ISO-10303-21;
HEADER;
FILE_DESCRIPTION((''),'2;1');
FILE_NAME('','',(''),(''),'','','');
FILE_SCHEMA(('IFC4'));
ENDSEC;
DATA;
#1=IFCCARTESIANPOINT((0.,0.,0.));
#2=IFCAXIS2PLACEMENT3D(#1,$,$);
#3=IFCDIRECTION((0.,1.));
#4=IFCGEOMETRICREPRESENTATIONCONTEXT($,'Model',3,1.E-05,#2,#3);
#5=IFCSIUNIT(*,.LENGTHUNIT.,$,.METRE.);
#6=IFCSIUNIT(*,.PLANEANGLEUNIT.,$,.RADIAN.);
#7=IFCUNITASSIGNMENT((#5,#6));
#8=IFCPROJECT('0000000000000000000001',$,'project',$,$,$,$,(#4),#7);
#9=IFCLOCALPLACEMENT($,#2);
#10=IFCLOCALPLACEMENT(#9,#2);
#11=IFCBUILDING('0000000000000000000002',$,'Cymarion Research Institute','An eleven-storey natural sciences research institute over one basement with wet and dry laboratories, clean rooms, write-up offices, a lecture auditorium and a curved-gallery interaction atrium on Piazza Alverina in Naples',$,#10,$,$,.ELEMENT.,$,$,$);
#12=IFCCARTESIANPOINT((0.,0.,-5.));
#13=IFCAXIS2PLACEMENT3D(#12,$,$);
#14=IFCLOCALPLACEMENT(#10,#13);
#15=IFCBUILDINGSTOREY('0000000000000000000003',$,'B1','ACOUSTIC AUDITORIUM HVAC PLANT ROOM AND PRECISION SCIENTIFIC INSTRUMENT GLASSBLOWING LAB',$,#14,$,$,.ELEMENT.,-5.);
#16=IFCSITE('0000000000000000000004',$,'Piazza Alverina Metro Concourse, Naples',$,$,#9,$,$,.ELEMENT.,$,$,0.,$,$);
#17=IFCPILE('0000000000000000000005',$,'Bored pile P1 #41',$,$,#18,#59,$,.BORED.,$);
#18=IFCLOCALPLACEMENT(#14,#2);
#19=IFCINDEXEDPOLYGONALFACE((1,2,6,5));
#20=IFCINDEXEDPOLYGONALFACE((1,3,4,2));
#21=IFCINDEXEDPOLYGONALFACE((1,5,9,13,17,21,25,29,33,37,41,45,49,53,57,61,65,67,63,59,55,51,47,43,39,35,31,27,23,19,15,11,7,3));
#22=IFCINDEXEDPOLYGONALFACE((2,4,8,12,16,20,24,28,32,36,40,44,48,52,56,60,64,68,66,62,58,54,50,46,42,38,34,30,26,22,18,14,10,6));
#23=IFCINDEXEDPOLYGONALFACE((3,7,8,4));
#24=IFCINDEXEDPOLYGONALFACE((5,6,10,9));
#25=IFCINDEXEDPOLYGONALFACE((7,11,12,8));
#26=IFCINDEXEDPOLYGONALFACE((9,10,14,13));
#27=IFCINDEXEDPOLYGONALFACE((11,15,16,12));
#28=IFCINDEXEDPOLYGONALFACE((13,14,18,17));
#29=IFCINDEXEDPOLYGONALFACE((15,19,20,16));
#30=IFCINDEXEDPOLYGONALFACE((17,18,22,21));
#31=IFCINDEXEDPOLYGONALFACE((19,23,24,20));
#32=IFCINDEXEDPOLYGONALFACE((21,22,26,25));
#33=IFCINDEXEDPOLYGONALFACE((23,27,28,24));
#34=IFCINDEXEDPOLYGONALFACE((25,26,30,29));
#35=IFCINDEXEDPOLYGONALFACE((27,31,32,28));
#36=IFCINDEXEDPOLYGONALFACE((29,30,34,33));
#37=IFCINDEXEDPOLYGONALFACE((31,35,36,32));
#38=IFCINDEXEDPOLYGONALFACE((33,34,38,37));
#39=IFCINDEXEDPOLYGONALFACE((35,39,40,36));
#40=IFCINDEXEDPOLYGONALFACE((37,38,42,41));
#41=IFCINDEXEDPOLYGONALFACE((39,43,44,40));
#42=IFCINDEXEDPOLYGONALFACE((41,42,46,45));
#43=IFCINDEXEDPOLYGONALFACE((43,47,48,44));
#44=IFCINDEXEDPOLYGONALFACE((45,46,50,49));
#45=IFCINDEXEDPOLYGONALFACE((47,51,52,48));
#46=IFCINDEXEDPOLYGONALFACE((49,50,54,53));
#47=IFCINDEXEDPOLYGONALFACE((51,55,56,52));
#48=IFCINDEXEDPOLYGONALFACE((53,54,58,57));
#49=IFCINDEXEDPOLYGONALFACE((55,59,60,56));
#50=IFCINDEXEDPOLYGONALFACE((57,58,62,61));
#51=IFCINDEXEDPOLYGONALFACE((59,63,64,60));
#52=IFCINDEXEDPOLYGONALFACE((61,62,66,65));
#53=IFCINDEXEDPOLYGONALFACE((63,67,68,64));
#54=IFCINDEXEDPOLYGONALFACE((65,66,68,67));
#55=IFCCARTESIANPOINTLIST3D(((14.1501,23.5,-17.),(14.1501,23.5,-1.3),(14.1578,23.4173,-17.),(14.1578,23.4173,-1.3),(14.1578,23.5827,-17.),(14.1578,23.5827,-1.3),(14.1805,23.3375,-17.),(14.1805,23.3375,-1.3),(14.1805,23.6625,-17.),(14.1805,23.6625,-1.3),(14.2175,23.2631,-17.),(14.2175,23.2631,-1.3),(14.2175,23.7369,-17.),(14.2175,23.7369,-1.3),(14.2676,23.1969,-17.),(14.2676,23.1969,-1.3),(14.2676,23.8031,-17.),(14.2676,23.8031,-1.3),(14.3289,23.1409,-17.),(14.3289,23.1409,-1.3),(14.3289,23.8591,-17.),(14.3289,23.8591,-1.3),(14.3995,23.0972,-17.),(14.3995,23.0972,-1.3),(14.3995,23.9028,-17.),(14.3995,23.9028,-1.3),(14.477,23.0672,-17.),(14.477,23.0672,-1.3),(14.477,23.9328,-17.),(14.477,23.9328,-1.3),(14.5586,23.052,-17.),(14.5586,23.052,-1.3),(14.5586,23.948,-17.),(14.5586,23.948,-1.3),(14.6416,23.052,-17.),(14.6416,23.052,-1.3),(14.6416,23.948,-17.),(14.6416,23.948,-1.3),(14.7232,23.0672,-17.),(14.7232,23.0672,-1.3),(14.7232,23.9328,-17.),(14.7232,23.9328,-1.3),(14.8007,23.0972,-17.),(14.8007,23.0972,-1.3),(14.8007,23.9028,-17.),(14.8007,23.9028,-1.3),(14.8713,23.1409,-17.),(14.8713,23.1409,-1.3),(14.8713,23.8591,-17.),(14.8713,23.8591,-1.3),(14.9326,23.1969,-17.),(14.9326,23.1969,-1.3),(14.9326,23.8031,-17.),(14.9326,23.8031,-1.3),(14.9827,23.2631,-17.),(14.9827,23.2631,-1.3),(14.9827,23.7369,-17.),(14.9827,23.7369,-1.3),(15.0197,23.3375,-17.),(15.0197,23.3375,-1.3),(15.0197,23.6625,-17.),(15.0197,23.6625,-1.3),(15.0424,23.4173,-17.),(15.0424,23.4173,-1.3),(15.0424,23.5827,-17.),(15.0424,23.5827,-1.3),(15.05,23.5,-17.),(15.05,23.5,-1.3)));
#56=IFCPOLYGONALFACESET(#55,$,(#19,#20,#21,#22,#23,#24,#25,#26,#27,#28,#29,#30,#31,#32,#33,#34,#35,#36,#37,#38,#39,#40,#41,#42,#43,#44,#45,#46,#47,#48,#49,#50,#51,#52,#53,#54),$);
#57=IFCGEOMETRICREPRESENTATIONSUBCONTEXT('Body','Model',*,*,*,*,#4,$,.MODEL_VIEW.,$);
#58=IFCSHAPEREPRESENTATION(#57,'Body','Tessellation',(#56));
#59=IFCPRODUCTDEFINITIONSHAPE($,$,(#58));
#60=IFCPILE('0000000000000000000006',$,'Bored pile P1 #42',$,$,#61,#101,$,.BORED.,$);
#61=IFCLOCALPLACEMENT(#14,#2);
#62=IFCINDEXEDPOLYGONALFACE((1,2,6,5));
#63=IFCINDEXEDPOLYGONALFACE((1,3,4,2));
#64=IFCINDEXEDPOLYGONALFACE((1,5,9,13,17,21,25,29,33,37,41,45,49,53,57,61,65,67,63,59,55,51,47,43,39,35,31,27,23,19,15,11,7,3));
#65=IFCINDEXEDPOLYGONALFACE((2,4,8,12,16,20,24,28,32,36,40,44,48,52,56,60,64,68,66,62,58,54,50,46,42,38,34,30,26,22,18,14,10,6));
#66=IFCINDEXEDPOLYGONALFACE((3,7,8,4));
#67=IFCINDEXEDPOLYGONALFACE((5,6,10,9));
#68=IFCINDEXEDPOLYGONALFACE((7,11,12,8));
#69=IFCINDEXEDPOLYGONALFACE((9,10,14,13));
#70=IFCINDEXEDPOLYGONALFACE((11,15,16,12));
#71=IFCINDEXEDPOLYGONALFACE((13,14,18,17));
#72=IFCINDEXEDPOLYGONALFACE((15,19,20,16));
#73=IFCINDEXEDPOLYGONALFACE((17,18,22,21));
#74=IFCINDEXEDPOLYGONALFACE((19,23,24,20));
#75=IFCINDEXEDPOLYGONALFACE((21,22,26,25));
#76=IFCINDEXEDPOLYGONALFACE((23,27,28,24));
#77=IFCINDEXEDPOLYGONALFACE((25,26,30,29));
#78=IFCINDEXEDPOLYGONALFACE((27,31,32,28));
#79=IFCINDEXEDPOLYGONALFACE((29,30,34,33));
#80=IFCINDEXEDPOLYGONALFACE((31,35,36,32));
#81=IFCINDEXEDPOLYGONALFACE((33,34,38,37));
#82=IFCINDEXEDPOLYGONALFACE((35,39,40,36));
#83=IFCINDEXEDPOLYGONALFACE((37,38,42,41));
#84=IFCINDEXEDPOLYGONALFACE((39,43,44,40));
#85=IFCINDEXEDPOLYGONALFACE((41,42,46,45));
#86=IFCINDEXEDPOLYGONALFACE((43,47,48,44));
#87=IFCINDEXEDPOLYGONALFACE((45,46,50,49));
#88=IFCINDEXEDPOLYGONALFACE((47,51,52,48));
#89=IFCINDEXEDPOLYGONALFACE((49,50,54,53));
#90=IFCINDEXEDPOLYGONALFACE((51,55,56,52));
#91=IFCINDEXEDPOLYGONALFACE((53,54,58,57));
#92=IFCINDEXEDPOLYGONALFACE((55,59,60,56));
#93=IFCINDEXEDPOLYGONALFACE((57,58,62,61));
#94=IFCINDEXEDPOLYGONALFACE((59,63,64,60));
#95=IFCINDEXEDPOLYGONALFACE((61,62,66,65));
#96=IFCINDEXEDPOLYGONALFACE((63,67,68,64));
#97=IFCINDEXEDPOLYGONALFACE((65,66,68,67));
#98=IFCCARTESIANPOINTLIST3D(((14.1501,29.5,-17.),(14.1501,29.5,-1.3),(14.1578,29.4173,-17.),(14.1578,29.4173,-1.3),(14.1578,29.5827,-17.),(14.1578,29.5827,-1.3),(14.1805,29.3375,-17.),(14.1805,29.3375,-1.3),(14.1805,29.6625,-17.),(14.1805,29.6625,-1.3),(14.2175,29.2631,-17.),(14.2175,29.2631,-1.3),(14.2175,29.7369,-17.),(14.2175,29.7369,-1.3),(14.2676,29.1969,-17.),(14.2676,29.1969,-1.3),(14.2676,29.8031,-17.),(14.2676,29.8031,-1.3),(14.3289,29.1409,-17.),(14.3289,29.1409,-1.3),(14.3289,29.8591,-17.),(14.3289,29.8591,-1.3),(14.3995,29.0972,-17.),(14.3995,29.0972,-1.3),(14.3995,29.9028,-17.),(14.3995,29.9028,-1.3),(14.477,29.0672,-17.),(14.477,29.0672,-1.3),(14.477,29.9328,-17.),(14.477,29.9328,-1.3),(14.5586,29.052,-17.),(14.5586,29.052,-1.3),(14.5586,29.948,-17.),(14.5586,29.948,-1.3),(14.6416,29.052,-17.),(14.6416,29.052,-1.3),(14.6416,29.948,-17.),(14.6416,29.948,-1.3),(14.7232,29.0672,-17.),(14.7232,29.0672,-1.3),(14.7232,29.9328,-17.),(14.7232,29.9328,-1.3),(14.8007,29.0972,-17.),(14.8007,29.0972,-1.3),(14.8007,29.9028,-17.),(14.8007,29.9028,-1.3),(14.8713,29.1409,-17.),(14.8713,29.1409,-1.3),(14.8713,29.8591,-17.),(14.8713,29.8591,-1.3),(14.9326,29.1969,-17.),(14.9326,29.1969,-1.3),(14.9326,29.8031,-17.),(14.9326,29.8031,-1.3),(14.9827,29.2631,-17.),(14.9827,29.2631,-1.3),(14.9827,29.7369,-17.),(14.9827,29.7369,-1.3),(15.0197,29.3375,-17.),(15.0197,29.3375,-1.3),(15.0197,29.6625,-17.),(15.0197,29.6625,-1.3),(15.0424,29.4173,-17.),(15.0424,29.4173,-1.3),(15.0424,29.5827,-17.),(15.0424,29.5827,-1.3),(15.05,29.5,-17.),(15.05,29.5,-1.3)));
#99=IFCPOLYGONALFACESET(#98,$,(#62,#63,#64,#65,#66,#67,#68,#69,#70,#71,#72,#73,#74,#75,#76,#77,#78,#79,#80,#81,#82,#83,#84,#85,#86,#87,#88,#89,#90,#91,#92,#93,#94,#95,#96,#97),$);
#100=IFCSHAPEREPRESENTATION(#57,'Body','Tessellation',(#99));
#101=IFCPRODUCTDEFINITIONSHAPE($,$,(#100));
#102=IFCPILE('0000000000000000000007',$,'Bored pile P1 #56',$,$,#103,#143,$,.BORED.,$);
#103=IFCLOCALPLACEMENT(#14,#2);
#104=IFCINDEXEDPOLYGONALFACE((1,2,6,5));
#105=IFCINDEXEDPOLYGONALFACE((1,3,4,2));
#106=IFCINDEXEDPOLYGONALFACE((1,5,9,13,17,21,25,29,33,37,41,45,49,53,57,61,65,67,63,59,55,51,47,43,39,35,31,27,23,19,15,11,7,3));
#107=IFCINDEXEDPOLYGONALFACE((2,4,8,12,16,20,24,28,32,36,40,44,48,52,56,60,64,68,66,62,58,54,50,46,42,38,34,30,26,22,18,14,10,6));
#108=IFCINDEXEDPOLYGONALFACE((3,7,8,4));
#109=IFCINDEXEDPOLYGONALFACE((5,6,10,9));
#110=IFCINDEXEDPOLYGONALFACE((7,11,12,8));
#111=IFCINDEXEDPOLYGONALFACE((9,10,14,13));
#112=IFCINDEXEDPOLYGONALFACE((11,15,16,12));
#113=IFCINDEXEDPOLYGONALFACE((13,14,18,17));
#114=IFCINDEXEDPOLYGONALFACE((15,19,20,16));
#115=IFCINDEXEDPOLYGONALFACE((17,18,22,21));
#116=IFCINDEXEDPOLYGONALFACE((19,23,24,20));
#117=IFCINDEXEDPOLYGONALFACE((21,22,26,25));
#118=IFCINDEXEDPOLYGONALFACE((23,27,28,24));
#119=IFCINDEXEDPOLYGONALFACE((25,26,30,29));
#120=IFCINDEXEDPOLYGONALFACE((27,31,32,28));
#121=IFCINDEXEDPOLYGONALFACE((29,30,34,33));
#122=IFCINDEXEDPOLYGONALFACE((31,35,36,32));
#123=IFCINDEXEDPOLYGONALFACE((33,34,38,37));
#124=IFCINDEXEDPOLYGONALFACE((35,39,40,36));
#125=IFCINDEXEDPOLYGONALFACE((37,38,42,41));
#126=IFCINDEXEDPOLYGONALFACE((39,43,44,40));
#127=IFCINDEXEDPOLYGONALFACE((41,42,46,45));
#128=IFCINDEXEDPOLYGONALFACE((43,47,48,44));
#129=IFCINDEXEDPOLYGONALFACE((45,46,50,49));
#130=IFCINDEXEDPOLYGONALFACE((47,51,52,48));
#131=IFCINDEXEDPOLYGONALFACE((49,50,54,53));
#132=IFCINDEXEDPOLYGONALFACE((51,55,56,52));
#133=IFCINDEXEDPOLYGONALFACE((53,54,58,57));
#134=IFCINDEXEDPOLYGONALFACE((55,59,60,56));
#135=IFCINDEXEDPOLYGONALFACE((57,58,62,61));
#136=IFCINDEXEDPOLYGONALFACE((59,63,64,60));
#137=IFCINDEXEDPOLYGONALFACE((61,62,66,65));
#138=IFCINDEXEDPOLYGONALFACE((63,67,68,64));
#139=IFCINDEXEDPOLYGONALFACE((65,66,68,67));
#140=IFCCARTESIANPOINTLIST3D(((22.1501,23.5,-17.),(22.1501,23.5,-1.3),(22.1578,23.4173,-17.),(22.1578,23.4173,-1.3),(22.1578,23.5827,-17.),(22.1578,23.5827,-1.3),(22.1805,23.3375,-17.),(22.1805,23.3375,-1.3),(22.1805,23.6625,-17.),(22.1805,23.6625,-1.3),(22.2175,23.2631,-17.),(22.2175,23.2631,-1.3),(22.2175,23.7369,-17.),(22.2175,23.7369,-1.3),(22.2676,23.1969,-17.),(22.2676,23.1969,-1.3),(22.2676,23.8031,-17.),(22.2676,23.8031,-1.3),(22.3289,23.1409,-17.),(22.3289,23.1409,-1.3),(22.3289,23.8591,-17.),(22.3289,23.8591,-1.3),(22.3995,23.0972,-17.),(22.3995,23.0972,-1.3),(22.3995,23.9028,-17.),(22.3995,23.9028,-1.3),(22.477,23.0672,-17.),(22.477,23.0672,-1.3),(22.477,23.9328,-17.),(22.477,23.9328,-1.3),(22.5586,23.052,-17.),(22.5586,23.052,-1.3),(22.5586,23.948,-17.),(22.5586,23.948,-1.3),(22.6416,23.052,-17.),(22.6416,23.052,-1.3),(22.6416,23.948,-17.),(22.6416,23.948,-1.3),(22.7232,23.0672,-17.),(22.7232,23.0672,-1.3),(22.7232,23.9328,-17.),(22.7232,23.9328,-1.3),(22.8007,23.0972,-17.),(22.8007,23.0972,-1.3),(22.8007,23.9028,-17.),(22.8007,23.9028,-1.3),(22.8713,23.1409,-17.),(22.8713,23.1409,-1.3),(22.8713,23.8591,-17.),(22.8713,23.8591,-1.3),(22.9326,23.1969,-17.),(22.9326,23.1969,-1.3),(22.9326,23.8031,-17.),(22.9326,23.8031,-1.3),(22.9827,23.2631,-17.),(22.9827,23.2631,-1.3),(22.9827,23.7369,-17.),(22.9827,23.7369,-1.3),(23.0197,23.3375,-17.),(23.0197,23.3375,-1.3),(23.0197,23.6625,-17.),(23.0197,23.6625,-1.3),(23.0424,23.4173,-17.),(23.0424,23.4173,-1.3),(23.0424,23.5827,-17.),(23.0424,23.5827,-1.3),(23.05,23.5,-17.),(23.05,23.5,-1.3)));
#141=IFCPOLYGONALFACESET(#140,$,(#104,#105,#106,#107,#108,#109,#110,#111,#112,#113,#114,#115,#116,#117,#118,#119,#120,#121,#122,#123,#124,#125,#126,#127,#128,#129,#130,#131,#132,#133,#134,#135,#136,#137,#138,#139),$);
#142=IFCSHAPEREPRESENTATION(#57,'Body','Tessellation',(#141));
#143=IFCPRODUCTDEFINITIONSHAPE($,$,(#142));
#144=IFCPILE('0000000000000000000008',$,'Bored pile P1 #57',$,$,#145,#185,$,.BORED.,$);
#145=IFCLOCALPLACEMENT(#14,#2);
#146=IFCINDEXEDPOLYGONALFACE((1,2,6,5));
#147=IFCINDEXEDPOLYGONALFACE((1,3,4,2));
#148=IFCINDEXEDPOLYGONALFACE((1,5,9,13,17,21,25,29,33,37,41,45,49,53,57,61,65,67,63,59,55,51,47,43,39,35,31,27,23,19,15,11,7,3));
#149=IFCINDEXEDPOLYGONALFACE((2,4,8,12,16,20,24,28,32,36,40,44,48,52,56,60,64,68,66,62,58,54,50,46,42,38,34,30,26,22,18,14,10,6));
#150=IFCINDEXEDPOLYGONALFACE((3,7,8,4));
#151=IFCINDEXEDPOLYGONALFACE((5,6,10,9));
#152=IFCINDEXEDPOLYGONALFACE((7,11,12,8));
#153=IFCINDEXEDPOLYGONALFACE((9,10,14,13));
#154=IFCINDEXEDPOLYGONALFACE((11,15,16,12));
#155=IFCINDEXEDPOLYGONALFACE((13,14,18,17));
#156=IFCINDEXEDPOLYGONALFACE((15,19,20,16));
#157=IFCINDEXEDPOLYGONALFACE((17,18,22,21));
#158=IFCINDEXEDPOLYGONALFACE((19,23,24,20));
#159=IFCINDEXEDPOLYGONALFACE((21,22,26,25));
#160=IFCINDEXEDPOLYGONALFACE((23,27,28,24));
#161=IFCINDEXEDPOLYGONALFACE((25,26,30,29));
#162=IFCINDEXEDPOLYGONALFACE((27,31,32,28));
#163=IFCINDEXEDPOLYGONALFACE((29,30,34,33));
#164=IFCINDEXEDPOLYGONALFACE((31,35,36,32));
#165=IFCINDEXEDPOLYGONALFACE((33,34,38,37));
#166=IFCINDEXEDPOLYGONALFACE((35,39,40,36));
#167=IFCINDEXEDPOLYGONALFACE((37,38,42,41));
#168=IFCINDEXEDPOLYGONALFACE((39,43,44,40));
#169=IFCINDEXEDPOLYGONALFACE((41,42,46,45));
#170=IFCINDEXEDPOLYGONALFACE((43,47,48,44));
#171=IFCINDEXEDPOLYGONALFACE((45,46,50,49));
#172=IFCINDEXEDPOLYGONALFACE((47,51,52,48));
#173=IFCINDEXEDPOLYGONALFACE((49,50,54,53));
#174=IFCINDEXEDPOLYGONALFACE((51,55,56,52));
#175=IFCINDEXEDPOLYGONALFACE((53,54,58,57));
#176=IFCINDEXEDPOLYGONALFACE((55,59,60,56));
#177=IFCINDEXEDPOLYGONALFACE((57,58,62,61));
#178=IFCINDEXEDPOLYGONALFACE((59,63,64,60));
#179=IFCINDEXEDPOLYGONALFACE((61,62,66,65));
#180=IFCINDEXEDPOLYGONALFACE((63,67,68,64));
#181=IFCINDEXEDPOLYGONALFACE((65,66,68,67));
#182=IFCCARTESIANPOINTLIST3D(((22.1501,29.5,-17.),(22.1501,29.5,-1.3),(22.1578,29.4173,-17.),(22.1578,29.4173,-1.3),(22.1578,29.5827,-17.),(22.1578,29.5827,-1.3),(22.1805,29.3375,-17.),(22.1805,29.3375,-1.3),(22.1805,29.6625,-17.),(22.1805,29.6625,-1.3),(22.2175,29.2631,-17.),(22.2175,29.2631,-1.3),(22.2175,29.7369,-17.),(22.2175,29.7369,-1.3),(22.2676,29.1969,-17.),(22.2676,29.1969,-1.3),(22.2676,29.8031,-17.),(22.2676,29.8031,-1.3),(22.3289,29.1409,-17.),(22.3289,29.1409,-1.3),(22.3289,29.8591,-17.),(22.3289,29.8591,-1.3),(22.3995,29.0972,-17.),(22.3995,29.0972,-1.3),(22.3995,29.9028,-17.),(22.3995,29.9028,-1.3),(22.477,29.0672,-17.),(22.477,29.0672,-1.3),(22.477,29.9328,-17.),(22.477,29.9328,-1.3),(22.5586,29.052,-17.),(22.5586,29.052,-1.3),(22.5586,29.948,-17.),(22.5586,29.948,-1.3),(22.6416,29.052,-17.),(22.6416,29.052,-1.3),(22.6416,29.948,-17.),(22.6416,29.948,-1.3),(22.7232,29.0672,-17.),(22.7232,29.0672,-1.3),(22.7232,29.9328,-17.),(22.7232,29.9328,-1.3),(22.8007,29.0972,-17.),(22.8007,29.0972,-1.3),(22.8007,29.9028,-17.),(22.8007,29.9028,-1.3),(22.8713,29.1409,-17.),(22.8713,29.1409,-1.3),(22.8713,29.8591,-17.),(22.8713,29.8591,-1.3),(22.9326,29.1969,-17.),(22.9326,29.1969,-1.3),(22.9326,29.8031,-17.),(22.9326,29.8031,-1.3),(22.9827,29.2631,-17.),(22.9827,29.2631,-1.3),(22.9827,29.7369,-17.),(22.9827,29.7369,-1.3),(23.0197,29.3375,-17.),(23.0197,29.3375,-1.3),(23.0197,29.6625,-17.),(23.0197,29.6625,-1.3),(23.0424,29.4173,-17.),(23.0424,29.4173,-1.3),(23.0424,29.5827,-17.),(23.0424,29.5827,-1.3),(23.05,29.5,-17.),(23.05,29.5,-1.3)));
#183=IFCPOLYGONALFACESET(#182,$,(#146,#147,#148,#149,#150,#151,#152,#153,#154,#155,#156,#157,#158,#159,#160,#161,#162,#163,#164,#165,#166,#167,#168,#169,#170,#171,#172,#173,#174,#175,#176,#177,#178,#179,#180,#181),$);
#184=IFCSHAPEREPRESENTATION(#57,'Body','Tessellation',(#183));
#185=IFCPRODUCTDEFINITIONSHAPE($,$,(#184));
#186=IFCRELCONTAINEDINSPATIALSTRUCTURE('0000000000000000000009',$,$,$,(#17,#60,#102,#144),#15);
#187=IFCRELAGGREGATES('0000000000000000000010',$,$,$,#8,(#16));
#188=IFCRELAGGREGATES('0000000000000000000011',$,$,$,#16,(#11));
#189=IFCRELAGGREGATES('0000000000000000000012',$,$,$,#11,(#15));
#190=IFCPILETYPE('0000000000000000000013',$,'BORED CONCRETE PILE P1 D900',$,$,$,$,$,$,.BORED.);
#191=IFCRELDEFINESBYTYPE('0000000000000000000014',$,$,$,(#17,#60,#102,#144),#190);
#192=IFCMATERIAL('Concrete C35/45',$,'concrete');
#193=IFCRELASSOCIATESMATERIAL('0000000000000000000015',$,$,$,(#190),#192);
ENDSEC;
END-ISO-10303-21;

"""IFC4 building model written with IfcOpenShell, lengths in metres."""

from ifc_helpers import new_model, si_unit, direction, frame, origin, origin_2d, place, context, subcontext, project, spatial, circle, extrude, material, material_profile, profile_set, type_object, element, save


model = new_model("IFC4")

# Units and contexts
model_context = context("Model", 3, precision=1e-05, world=origin(), true_north=direction((0.0, 1.0)))
body_context = subcontext(model_context, "Body", "Model", "MODEL_VIEW")
ifc_project = project(units=[si_unit("LENGTHUNIT", "METRE"), si_unit("PLANEANGLEUNIT", "RADIAN")], contexts=[model_context])

# Site, building, storey
site_placement = place(None, origin())
site = spatial("IfcSite", under=ifc_project, at=site_placement, Name="Piazza Alverina Metro Concourse, Naples", CompositionType="ELEMENT", RefElevation=0.0)
building_placement = place(site_placement, origin())
building = spatial("IfcBuilding", under=site, at=building_placement, Name="Cymarion Research Institute", Description="An eleven-storey natural sciences research institute over one basement with wet and dry laboratories, clean rooms, write-up offices, a lecture auditorium and a curved-gallery interaction atrium on Piazza Alverina in Naples", CompositionType="ELEMENT")
storey_placement = place(building_placement, frame((0.0, 0.0, -5.0)))
storey = spatial("IfcBuildingStorey", under=building, at=storey_placement, Name="B1", Description="ACOUSTIC AUDITORIUM HVAC PLANT ROOM AND PRECISION SCIENTIFIC INSTRUMENT GLASSBLOWING LAB", CompositionType="ELEMENT", Elevation=-5.0)

# Piles
ifc_material_1 = material(Name="Concrete C35/45", Category="concrete")
ifc_material_profile_1 = material_profile(ifc_material_1, circle(Radius=0.45, at=origin_2d()), Name="BORED PILE D900")
ifc_profile_set_1 = profile_set([ifc_material_profile_1], Name="Concrete C35/45")
pile_type_1 = type_object("IfcPileType", Name="BORED CONCRETE PILE P1 D900", PredefinedType="BORED", material=ifc_profile_set_1)
for number, where, z_axis, x_axis, name in (
    (1, (14.6001, 23.5, -1.3), (0.0, 0.0, -1.0), (1.0, 0.0, 0.0), "Bored pile P1 #41"),
    (2, (14.6001, 29.5, -1.3), (0.0, 0.0, -1.0), (1.0, 0.0, 0.0), "Bored pile P1 #42"),
    (3, (22.6001, 23.5, -1.3), (0.0, 0.0, -1.0), (1.0, 0.0, 0.0), "Bored pile P1 #56"),
    (4, (22.6001, 29.5, -1.3), (0.0, 0.0, -1.0), (1.0, 0.0, 0.0), "Bored pile P1 #57"),
):
    element("IfcPile", number, at=place(storey_placement, frame(where, z_axis=z_axis, x_axis=x_axis)), inside=storey, type_object=pile_type_1, Name=name, PredefinedType="BORED", context=body_context, shape_type="SweptSolid", body=[
        extrude(circle(Radius=0.45, at=origin_2d()), origin(), (0.0, 0.0, 1.0), 15.7),
    ])

save(model, "model.ifc")
